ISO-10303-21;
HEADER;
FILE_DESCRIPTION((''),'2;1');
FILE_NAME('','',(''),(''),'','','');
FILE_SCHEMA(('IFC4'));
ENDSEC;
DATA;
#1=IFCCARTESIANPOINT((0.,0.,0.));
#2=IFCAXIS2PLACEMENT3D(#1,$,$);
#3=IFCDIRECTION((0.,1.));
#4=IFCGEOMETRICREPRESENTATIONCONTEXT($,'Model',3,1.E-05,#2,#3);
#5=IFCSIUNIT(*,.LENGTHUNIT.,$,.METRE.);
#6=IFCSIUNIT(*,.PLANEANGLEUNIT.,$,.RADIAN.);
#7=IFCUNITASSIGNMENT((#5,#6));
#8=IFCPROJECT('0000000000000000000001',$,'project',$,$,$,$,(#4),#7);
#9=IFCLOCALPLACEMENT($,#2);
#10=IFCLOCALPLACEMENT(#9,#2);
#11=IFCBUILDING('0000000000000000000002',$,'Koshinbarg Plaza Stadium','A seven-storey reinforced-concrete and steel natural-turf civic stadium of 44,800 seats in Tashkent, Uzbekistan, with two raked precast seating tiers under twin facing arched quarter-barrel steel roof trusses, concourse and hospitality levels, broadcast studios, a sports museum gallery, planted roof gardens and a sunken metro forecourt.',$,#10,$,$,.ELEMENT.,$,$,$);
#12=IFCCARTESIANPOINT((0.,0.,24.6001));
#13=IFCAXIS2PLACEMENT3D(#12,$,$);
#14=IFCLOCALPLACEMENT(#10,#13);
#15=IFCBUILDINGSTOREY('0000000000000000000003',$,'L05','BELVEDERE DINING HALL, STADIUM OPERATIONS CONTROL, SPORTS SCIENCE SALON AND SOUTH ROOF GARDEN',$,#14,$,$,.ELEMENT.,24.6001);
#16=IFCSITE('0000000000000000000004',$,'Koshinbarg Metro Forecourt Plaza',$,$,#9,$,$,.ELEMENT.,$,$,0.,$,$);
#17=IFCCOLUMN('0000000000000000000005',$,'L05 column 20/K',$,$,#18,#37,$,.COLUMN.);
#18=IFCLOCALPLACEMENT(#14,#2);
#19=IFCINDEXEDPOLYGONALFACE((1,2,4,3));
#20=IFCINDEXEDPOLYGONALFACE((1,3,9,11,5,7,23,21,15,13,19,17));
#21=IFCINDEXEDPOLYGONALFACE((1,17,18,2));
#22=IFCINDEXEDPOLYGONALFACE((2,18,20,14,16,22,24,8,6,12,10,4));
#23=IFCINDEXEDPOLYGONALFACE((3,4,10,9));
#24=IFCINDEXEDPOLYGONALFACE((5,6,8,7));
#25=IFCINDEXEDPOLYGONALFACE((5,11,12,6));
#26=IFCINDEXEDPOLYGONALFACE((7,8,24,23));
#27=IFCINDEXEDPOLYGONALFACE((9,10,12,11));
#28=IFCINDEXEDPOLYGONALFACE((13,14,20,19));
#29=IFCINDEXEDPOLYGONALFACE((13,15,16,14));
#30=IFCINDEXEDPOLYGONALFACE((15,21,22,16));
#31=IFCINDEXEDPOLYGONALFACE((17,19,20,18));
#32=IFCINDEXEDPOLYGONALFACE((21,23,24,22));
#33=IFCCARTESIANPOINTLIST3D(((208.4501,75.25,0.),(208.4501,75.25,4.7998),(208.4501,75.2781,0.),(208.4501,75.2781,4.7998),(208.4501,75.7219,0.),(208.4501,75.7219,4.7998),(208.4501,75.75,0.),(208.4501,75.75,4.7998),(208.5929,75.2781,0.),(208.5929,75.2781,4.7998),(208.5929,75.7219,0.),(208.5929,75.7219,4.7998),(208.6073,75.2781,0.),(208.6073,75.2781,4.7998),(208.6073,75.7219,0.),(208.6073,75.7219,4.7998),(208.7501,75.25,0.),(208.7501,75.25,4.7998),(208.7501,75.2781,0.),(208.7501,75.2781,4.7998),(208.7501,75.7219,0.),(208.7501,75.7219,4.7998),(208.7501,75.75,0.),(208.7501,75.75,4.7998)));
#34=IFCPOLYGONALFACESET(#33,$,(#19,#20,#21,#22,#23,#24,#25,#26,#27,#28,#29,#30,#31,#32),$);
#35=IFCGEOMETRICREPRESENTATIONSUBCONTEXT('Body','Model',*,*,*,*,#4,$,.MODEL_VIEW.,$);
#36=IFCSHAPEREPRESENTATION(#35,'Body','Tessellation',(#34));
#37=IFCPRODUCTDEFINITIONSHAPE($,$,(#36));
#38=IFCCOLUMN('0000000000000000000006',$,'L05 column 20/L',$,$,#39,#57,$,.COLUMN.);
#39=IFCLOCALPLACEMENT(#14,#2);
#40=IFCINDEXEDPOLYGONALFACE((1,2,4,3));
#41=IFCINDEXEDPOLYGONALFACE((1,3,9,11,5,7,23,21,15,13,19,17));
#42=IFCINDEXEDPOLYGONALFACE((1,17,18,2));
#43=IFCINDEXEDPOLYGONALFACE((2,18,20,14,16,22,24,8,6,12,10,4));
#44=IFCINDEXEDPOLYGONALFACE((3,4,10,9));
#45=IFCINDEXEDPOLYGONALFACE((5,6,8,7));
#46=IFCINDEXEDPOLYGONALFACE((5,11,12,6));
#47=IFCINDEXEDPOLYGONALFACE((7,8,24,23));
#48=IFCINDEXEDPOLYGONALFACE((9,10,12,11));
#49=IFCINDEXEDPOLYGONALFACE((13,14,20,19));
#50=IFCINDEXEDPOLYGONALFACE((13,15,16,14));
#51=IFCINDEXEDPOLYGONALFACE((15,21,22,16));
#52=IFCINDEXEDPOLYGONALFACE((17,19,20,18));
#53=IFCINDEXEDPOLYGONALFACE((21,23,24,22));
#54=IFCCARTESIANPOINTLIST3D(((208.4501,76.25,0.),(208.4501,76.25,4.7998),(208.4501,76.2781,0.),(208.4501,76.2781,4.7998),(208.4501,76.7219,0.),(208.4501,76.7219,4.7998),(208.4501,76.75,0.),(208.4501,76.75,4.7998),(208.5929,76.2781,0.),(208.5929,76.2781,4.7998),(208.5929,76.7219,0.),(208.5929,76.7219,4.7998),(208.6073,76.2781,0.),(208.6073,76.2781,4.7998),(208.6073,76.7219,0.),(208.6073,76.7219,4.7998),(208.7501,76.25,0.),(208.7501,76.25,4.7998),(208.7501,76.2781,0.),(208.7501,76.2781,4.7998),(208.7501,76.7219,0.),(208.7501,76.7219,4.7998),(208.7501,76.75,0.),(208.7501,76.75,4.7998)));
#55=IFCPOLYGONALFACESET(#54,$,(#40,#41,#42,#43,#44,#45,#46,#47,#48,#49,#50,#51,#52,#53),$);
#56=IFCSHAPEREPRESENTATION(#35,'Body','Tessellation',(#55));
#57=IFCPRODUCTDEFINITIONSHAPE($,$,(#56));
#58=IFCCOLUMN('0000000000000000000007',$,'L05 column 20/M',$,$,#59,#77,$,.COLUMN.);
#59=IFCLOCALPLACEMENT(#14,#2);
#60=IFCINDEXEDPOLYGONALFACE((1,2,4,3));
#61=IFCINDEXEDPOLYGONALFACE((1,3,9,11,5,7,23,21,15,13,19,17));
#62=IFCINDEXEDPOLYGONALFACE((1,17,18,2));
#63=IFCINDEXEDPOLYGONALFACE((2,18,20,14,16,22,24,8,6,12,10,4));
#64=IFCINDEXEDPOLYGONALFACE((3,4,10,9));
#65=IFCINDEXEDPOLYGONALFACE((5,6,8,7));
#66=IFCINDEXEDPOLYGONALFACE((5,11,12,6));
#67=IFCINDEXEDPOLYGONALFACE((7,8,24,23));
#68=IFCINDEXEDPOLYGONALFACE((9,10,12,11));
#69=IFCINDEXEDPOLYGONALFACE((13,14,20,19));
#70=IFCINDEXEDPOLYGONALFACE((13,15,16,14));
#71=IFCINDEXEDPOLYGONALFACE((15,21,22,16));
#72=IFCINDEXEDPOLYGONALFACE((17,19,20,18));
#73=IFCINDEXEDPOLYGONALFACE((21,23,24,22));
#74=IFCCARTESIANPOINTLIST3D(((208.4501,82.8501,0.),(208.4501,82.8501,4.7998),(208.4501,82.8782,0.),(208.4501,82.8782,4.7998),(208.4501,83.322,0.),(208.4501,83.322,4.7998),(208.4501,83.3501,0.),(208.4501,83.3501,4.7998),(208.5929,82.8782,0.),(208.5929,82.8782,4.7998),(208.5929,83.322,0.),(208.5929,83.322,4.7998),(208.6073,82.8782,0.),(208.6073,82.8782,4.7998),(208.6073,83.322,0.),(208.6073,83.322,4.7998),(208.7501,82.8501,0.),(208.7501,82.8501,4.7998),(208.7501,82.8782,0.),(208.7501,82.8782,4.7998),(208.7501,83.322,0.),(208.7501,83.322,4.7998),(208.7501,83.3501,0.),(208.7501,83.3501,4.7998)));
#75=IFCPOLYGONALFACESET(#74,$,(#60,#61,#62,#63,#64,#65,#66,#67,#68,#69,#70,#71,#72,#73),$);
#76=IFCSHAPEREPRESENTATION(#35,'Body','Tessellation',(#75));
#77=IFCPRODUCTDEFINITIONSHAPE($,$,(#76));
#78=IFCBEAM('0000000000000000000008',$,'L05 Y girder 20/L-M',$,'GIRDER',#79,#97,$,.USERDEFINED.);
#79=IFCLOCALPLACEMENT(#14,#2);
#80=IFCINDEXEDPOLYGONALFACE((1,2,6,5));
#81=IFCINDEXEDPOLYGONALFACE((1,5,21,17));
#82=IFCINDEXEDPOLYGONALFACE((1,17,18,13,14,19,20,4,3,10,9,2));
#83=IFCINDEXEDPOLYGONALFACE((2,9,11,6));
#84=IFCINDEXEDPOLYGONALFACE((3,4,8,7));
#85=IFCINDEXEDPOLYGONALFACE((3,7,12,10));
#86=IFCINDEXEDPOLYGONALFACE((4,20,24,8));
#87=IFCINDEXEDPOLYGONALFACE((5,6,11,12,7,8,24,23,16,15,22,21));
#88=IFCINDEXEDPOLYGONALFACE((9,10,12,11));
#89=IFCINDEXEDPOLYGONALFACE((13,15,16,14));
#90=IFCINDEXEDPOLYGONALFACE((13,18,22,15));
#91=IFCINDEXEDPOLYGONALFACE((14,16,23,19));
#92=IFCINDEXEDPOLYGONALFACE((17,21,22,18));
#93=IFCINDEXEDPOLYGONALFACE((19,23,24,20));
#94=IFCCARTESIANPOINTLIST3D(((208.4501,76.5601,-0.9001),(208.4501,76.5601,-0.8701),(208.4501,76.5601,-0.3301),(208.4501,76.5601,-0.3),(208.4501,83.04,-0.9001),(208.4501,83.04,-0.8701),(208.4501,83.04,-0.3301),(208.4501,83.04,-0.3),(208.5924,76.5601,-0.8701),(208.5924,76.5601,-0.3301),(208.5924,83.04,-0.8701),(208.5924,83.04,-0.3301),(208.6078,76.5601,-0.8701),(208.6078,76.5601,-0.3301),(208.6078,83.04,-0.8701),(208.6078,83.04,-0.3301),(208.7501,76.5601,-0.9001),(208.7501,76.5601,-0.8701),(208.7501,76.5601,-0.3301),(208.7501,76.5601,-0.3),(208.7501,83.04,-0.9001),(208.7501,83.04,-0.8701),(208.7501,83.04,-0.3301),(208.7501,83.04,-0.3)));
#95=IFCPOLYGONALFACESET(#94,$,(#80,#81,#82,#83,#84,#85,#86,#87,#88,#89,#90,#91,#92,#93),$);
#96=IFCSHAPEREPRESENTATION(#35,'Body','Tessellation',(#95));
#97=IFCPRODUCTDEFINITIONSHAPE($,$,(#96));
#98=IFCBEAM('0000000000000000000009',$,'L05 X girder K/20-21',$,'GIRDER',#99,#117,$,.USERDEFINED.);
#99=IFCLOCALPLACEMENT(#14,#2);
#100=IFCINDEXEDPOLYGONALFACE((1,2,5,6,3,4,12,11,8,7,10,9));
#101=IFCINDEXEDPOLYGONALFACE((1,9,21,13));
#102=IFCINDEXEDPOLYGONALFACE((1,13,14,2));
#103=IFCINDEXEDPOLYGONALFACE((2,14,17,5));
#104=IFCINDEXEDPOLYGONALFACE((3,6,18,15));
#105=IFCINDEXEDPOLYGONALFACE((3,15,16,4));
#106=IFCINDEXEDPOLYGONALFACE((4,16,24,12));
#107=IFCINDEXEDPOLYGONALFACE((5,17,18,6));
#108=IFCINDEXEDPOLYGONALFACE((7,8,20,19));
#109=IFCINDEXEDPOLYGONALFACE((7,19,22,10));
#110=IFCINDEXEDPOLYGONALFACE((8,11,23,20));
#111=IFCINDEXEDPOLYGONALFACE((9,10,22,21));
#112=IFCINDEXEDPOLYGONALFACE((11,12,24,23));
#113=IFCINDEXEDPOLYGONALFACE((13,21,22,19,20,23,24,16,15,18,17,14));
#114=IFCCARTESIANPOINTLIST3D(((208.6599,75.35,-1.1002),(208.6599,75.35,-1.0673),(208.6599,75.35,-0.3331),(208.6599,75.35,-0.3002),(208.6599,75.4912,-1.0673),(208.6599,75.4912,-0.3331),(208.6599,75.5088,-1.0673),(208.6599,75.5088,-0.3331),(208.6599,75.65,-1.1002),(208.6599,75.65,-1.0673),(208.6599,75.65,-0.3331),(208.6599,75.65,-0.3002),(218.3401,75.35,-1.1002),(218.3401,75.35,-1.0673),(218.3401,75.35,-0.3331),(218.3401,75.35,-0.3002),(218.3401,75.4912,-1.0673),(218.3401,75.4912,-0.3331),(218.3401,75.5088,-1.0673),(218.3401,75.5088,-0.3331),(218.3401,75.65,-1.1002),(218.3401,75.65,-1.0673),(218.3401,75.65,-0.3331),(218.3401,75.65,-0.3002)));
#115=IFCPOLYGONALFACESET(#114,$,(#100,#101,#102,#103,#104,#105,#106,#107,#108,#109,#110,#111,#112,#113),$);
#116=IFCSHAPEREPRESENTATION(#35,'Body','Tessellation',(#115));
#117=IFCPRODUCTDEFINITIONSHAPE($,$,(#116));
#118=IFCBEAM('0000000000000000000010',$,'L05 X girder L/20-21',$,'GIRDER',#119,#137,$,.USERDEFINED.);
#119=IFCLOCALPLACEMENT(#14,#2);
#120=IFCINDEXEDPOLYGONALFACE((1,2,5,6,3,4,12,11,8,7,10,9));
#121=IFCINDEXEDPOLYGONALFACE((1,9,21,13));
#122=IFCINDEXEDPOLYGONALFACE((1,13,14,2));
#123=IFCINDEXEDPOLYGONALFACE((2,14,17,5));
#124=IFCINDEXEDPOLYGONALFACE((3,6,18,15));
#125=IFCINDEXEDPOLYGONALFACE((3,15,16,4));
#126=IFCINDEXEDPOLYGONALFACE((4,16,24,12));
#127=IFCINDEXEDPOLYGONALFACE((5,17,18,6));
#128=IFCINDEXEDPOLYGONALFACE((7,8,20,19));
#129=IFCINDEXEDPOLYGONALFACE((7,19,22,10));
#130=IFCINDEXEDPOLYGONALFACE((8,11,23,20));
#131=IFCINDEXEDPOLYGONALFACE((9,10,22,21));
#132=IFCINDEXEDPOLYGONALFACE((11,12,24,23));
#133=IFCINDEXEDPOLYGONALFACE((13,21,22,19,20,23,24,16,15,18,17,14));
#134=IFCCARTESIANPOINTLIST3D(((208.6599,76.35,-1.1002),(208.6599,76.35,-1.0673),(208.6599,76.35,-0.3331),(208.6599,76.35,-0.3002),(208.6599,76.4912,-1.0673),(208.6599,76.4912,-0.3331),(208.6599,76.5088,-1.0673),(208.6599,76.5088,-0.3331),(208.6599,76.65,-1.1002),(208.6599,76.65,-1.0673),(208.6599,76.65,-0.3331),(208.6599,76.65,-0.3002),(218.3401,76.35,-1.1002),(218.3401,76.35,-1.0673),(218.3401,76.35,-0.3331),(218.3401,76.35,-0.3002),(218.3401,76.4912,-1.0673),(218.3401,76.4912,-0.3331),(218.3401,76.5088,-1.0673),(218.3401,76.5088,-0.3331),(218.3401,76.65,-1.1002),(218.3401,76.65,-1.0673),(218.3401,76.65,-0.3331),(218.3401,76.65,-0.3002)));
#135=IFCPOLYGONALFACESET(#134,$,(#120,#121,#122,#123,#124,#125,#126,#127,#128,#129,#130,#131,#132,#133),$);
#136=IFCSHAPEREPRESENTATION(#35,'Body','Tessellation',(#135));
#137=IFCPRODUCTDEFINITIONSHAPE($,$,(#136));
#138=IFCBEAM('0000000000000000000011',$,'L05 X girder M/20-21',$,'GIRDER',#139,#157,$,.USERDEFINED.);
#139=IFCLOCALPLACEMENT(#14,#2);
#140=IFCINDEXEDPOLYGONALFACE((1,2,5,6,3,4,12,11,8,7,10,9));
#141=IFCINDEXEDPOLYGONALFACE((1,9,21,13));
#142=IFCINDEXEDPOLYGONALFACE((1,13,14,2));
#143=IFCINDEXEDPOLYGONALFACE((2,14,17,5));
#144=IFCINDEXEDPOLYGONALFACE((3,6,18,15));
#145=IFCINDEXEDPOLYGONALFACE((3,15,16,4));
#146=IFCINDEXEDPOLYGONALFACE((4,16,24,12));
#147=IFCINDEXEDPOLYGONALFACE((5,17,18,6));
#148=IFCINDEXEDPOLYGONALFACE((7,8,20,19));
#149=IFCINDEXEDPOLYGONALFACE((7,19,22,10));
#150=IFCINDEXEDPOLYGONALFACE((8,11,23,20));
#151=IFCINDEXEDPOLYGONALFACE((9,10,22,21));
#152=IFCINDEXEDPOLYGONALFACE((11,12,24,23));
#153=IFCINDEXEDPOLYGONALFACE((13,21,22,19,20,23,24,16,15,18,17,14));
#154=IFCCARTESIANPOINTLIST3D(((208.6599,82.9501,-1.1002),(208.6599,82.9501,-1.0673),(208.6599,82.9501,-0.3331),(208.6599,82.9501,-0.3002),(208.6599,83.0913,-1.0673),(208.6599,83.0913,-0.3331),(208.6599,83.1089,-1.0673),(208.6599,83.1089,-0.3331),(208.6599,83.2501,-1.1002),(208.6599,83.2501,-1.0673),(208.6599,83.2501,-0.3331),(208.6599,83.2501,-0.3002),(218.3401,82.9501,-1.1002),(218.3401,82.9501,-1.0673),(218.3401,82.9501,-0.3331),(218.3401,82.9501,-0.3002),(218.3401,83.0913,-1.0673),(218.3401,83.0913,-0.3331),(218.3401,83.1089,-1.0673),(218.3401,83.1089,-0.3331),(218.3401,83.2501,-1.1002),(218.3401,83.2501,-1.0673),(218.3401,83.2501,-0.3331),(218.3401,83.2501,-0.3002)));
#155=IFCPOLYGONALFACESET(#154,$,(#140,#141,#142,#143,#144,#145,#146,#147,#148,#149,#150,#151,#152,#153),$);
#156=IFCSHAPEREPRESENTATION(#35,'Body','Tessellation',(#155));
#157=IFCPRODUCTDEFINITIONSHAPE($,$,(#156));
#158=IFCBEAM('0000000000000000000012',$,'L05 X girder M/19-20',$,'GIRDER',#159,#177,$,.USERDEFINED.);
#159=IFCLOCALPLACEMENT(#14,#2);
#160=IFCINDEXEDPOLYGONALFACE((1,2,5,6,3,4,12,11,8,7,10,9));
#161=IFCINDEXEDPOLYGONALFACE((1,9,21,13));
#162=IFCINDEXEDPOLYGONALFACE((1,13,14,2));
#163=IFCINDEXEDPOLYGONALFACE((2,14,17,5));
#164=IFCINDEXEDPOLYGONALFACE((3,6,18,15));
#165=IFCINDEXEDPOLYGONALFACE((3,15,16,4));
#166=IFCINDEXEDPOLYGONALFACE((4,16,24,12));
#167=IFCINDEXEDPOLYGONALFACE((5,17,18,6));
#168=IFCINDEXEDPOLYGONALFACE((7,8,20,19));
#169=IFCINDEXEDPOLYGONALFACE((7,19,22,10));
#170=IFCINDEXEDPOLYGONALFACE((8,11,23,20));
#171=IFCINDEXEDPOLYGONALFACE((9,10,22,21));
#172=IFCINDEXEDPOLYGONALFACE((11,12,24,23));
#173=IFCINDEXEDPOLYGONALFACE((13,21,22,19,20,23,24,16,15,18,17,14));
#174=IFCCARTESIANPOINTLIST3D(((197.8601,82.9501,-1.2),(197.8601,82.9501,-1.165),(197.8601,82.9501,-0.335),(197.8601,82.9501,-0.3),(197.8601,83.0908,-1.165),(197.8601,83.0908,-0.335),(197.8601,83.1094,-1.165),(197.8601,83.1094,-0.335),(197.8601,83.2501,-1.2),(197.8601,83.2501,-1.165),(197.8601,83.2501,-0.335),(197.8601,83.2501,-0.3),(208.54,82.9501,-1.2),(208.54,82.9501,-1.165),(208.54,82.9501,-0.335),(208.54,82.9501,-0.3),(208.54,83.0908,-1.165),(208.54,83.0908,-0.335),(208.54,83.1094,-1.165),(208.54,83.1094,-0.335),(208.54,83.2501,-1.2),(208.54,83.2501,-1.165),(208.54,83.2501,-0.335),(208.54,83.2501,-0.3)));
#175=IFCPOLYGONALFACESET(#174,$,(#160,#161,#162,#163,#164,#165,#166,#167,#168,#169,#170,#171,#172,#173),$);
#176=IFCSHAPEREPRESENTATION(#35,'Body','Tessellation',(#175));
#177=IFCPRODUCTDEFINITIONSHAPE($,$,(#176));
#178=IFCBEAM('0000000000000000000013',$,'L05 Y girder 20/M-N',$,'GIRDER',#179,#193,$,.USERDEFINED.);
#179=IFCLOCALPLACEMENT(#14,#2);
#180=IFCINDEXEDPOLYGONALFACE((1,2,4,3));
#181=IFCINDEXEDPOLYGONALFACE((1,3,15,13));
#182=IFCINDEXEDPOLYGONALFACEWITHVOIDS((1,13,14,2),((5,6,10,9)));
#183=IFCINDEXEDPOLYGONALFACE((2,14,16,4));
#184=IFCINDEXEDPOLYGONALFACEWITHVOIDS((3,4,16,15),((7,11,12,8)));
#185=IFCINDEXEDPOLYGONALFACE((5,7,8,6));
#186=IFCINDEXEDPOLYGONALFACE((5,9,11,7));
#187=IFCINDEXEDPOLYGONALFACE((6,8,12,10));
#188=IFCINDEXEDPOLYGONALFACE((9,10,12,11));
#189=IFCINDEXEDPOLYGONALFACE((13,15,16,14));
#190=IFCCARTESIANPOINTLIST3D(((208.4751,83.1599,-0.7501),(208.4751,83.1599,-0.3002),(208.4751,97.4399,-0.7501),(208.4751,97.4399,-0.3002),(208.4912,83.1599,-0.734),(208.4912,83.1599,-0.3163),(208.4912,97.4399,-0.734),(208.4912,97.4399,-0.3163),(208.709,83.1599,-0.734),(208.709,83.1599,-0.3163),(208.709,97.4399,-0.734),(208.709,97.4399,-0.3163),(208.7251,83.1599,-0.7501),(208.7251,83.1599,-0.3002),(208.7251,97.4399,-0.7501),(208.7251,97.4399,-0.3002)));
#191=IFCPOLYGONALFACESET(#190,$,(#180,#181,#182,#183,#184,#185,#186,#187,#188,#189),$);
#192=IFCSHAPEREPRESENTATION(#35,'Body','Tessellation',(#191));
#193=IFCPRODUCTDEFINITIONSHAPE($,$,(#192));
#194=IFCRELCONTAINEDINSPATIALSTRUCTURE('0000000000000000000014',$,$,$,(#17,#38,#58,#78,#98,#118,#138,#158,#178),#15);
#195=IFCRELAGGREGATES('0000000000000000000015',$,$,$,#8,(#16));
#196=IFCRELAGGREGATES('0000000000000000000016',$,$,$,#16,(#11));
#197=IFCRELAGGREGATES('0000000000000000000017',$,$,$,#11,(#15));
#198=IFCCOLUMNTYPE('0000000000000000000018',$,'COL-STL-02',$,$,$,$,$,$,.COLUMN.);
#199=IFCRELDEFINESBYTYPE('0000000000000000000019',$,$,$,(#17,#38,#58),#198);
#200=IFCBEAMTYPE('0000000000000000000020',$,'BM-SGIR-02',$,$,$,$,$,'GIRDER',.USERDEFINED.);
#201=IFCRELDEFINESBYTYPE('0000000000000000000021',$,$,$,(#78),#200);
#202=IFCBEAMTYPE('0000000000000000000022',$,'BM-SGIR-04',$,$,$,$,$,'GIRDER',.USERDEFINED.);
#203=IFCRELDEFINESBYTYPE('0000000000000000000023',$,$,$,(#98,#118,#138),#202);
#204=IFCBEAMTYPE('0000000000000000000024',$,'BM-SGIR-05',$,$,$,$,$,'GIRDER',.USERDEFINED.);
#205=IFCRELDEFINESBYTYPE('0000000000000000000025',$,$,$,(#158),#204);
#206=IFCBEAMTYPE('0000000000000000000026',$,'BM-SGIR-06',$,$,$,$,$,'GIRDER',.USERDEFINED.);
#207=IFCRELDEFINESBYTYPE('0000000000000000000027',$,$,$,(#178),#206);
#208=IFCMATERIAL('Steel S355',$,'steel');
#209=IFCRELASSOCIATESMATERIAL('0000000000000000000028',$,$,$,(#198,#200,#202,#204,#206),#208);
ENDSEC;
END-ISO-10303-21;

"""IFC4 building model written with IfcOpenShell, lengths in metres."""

from ifc_helpers import new_model, si_unit, direction, frame, origin, origin_2d, place, context, subcontext, project, spatial, hollow_rectangle, i_section, extrude, material, material_profile, profile_set, type_object, element, save


model = new_model("IFC4")

# Units and contexts
model_context = context("Model", 3, precision=1e-05, world=origin(), true_north=direction((0.0, 1.0)))
body_context = subcontext(model_context, "Body", "Model", "MODEL_VIEW")
ifc_project = project(units=[si_unit("LENGTHUNIT", "METRE"), si_unit("PLANEANGLEUNIT", "RADIAN")], contexts=[model_context])

# Site, building, storey
site_placement = place(None, origin())
site = spatial("IfcSite", under=ifc_project, at=site_placement, Name="Koshinbarg Metro Forecourt Plaza", CompositionType="ELEMENT", RefElevation=0.0)
building_placement = place(site_placement, origin())
building = spatial("IfcBuilding", under=site, at=building_placement, Name="Koshinbarg Plaza Stadium", Description="A seven-storey reinforced-concrete and steel natural-turf civic stadium of 44,800 seats in Tashkent, Uzbekistan, with two raked precast seating tiers under twin facing arched quarter-barrel steel roof trusses, concourse and hospitality levels, broadcast studios, a sports museum gallery, planted roof gardens and a sunken metro forecourt.", CompositionType="ELEMENT")
storey_placement = place(building_placement, frame((0.0, 0.0, 24.6001)))
storey = spatial("IfcBuildingStorey", under=building, at=storey_placement, Name="L05", Description="BELVEDERE DINING HALL, STADIUM OPERATIONS CONTROL, SPORTS SCIENCE SALON AND SOUTH ROOF GARDEN", CompositionType="ELEMENT", Elevation=24.6001)

# Columns
ifc_material_1 = material(Name="Steel S355", Category="steel")
ifc_material_profile_1 = material_profile(ifc_material_1, i_section(OverallWidth=0.3, OverallDepth=0.5, WebThickness=0.0144, FlangeThickness=0.0281, at=origin_2d()), Name="HEB 500")
ifc_profile_set_1 = profile_set([ifc_material_profile_1], Name="Steel S355")
column_type = type_object("IfcColumnType", Name="COL-STL-02", PredefinedType="COLUMN", material=ifc_profile_set_1)
for number, where, z_axis, x_axis, name in (
    (1, (208.6001, 75.5, 0.0), (0.0, 0.0, 1.0), (1.0, 0.0, 0.0), "L05 column 20/K"),
    (2, (208.6001, 76.5, 0.0), (0.0, 0.0, 1.0), (1.0, 0.0, 0.0), "L05 column 20/L"),
    (3, (208.6001, 83.1001, 0.0), (0.0, 0.0, 1.0), (1.0, 0.0, 0.0), "L05 column 20/M"),
):
    element("IfcColumn", number, at=place(storey_placement, frame(where, z_axis=z_axis, x_axis=x_axis)), inside=storey, type_object=column_type, Name=name, PredefinedType="COLUMN", context=body_context, shape_type="SweptSolid", body=[
        extrude(i_section(OverallWidth=0.3, OverallDepth=0.5, WebThickness=0.0144, FlangeThickness=0.0281, at=origin_2d()), origin(), (0.0, 0.0, 1.0), 4.7998),
    ])

# Beams
ifc_material_profile_2 = material_profile(ifc_material_1, i_section(OverallWidth=0.3, OverallDepth=0.6001, WebThickness=0.0154, FlangeThickness=0.03, at=origin_2d()), Name="HEB 600")
ifc_profile_set_2 = profile_set([ifc_material_profile_2], Name="Steel S355")
beam_type_1 = type_object("IfcBeamType", Name="BM-SGIR-02", ElementType="GIRDER", PredefinedType="USERDEFINED", material=ifc_profile_set_2)
beam_1_placement = place(storey_placement, frame((208.6001, 76.5601, -0.6001), z_axis=(0.0, 1.0, 0.0), x_axis=(-1.0, 0.0, 0.0)))
element("IfcBeam", 4, at=beam_1_placement, inside=storey, type_object=beam_type_1, Name="L05 Y girder 20/L-M", ObjectType="GIRDER", PredefinedType="USERDEFINED", context=body_context, shape_type="SweptSolid", body=[
    extrude(i_section(OverallWidth=0.3, OverallDepth=0.6001, WebThickness=0.0154, FlangeThickness=0.03, at=origin_2d()), origin(), (0.0, 0.0, 1.0), 6.48),
])
ifc_material_profile_3 = material_profile(ifc_material_1, i_section(OverallWidth=0.3, OverallDepth=0.8, WebThickness=0.0176, FlangeThickness=0.033, at=origin_2d()), Name="HEB 800")
ifc_profile_set_3 = profile_set([ifc_material_profile_3], Name="Steel S355")
beam_type_2 = type_object("IfcBeamType", Name="BM-SGIR-04", ElementType="GIRDER", PredefinedType="USERDEFINED", material=ifc_profile_set_3)
for number, where, z_axis, x_axis, name in (
    (5, (208.6599, 75.5, -0.7002), (1.0, 0.0, 0.0), (0.0, 1.0, 0.0), "L05 X girder K/20-21"),
    (6, (208.6599, 76.5, -0.7002), (1.0, 0.0, 0.0), (0.0, 1.0, 0.0), "L05 X girder L/20-21"),
    (7, (208.6599, 83.1001, -0.7002), (1.0, 0.0, 0.0), (0.0, 1.0, 0.0), "L05 X girder M/20-21"),
):
    element("IfcBeam", number, at=place(storey_placement, frame(where, z_axis=z_axis, x_axis=x_axis)), inside=storey, type_object=beam_type_2, Name=name, ObjectType="GIRDER", PredefinedType="USERDEFINED", context=body_context, shape_type="SweptSolid", body=[
        extrude(i_section(OverallWidth=0.3, OverallDepth=0.8, WebThickness=0.0176, FlangeThickness=0.033, at=origin_2d()), origin(), (0.0, 0.0, 1.0), 9.6802),
    ])
ifc_material_profile_4 = material_profile(ifc_material_1, i_section(OverallWidth=0.3, OverallDepth=0.8999, WebThickness=0.0186, FlangeThickness=0.0349, at=origin_2d()), Name="HEB 900")
ifc_profile_set_4 = profile_set([ifc_material_profile_4], Name="Steel S355")
beam_type_3 = type_object("IfcBeamType", Name="BM-SGIR-05", ElementType="GIRDER", PredefinedType="USERDEFINED", material=ifc_profile_set_4)
beam_2_placement = place(storey_placement, frame((197.8601, 83.1001, -0.75), z_axis=(1.0, 0.0, 0.0), x_axis=(0.0, 1.0, 0.0)))
element("IfcBeam", 8, at=beam_2_placement, inside=storey, type_object=beam_type_3, Name="L05 X girder M/19-20", ObjectType="GIRDER", PredefinedType="USERDEFINED", context=body_context, shape_type="SweptSolid", body=[
    extrude(i_section(OverallWidth=0.3, OverallDepth=0.8999, WebThickness=0.0186, FlangeThickness=0.0349, at=origin_2d()), origin(), (0.0, 0.0, 1.0), 10.6799),
])
ifc_material_profile_5 = material_profile(ifc_material_1, hollow_rectangle(XDim=0.25, YDim=0.45, WallThickness=0.0161, at=origin_2d()), Name="RHS 450x250x16")
ifc_profile_set_5 = profile_set([ifc_material_profile_5], Name="Steel S355")
beam_type_4 = type_object("IfcBeamType", Name="BM-SGIR-06", ElementType="GIRDER", PredefinedType="USERDEFINED", material=ifc_profile_set_5)
beam_3_placement = place(storey_placement, frame((208.6001, 83.1599, -0.5251), z_axis=(0.0, 1.0, 0.0), x_axis=(-1.0, 0.0, 0.0)))
element("IfcBeam", 9, at=beam_3_placement, inside=storey, type_object=beam_type_4, Name="L05 Y girder 20/M-N", ObjectType="GIRDER", PredefinedType="USERDEFINED", context=body_context, shape_type="SweptSolid", body=[
    extrude(hollow_rectangle(XDim=0.25, YDim=0.45, WallThickness=0.0161, at=origin_2d()), origin(), (0.0, 0.0, 1.0), 14.28),
])

save(model, "model.ifc")
